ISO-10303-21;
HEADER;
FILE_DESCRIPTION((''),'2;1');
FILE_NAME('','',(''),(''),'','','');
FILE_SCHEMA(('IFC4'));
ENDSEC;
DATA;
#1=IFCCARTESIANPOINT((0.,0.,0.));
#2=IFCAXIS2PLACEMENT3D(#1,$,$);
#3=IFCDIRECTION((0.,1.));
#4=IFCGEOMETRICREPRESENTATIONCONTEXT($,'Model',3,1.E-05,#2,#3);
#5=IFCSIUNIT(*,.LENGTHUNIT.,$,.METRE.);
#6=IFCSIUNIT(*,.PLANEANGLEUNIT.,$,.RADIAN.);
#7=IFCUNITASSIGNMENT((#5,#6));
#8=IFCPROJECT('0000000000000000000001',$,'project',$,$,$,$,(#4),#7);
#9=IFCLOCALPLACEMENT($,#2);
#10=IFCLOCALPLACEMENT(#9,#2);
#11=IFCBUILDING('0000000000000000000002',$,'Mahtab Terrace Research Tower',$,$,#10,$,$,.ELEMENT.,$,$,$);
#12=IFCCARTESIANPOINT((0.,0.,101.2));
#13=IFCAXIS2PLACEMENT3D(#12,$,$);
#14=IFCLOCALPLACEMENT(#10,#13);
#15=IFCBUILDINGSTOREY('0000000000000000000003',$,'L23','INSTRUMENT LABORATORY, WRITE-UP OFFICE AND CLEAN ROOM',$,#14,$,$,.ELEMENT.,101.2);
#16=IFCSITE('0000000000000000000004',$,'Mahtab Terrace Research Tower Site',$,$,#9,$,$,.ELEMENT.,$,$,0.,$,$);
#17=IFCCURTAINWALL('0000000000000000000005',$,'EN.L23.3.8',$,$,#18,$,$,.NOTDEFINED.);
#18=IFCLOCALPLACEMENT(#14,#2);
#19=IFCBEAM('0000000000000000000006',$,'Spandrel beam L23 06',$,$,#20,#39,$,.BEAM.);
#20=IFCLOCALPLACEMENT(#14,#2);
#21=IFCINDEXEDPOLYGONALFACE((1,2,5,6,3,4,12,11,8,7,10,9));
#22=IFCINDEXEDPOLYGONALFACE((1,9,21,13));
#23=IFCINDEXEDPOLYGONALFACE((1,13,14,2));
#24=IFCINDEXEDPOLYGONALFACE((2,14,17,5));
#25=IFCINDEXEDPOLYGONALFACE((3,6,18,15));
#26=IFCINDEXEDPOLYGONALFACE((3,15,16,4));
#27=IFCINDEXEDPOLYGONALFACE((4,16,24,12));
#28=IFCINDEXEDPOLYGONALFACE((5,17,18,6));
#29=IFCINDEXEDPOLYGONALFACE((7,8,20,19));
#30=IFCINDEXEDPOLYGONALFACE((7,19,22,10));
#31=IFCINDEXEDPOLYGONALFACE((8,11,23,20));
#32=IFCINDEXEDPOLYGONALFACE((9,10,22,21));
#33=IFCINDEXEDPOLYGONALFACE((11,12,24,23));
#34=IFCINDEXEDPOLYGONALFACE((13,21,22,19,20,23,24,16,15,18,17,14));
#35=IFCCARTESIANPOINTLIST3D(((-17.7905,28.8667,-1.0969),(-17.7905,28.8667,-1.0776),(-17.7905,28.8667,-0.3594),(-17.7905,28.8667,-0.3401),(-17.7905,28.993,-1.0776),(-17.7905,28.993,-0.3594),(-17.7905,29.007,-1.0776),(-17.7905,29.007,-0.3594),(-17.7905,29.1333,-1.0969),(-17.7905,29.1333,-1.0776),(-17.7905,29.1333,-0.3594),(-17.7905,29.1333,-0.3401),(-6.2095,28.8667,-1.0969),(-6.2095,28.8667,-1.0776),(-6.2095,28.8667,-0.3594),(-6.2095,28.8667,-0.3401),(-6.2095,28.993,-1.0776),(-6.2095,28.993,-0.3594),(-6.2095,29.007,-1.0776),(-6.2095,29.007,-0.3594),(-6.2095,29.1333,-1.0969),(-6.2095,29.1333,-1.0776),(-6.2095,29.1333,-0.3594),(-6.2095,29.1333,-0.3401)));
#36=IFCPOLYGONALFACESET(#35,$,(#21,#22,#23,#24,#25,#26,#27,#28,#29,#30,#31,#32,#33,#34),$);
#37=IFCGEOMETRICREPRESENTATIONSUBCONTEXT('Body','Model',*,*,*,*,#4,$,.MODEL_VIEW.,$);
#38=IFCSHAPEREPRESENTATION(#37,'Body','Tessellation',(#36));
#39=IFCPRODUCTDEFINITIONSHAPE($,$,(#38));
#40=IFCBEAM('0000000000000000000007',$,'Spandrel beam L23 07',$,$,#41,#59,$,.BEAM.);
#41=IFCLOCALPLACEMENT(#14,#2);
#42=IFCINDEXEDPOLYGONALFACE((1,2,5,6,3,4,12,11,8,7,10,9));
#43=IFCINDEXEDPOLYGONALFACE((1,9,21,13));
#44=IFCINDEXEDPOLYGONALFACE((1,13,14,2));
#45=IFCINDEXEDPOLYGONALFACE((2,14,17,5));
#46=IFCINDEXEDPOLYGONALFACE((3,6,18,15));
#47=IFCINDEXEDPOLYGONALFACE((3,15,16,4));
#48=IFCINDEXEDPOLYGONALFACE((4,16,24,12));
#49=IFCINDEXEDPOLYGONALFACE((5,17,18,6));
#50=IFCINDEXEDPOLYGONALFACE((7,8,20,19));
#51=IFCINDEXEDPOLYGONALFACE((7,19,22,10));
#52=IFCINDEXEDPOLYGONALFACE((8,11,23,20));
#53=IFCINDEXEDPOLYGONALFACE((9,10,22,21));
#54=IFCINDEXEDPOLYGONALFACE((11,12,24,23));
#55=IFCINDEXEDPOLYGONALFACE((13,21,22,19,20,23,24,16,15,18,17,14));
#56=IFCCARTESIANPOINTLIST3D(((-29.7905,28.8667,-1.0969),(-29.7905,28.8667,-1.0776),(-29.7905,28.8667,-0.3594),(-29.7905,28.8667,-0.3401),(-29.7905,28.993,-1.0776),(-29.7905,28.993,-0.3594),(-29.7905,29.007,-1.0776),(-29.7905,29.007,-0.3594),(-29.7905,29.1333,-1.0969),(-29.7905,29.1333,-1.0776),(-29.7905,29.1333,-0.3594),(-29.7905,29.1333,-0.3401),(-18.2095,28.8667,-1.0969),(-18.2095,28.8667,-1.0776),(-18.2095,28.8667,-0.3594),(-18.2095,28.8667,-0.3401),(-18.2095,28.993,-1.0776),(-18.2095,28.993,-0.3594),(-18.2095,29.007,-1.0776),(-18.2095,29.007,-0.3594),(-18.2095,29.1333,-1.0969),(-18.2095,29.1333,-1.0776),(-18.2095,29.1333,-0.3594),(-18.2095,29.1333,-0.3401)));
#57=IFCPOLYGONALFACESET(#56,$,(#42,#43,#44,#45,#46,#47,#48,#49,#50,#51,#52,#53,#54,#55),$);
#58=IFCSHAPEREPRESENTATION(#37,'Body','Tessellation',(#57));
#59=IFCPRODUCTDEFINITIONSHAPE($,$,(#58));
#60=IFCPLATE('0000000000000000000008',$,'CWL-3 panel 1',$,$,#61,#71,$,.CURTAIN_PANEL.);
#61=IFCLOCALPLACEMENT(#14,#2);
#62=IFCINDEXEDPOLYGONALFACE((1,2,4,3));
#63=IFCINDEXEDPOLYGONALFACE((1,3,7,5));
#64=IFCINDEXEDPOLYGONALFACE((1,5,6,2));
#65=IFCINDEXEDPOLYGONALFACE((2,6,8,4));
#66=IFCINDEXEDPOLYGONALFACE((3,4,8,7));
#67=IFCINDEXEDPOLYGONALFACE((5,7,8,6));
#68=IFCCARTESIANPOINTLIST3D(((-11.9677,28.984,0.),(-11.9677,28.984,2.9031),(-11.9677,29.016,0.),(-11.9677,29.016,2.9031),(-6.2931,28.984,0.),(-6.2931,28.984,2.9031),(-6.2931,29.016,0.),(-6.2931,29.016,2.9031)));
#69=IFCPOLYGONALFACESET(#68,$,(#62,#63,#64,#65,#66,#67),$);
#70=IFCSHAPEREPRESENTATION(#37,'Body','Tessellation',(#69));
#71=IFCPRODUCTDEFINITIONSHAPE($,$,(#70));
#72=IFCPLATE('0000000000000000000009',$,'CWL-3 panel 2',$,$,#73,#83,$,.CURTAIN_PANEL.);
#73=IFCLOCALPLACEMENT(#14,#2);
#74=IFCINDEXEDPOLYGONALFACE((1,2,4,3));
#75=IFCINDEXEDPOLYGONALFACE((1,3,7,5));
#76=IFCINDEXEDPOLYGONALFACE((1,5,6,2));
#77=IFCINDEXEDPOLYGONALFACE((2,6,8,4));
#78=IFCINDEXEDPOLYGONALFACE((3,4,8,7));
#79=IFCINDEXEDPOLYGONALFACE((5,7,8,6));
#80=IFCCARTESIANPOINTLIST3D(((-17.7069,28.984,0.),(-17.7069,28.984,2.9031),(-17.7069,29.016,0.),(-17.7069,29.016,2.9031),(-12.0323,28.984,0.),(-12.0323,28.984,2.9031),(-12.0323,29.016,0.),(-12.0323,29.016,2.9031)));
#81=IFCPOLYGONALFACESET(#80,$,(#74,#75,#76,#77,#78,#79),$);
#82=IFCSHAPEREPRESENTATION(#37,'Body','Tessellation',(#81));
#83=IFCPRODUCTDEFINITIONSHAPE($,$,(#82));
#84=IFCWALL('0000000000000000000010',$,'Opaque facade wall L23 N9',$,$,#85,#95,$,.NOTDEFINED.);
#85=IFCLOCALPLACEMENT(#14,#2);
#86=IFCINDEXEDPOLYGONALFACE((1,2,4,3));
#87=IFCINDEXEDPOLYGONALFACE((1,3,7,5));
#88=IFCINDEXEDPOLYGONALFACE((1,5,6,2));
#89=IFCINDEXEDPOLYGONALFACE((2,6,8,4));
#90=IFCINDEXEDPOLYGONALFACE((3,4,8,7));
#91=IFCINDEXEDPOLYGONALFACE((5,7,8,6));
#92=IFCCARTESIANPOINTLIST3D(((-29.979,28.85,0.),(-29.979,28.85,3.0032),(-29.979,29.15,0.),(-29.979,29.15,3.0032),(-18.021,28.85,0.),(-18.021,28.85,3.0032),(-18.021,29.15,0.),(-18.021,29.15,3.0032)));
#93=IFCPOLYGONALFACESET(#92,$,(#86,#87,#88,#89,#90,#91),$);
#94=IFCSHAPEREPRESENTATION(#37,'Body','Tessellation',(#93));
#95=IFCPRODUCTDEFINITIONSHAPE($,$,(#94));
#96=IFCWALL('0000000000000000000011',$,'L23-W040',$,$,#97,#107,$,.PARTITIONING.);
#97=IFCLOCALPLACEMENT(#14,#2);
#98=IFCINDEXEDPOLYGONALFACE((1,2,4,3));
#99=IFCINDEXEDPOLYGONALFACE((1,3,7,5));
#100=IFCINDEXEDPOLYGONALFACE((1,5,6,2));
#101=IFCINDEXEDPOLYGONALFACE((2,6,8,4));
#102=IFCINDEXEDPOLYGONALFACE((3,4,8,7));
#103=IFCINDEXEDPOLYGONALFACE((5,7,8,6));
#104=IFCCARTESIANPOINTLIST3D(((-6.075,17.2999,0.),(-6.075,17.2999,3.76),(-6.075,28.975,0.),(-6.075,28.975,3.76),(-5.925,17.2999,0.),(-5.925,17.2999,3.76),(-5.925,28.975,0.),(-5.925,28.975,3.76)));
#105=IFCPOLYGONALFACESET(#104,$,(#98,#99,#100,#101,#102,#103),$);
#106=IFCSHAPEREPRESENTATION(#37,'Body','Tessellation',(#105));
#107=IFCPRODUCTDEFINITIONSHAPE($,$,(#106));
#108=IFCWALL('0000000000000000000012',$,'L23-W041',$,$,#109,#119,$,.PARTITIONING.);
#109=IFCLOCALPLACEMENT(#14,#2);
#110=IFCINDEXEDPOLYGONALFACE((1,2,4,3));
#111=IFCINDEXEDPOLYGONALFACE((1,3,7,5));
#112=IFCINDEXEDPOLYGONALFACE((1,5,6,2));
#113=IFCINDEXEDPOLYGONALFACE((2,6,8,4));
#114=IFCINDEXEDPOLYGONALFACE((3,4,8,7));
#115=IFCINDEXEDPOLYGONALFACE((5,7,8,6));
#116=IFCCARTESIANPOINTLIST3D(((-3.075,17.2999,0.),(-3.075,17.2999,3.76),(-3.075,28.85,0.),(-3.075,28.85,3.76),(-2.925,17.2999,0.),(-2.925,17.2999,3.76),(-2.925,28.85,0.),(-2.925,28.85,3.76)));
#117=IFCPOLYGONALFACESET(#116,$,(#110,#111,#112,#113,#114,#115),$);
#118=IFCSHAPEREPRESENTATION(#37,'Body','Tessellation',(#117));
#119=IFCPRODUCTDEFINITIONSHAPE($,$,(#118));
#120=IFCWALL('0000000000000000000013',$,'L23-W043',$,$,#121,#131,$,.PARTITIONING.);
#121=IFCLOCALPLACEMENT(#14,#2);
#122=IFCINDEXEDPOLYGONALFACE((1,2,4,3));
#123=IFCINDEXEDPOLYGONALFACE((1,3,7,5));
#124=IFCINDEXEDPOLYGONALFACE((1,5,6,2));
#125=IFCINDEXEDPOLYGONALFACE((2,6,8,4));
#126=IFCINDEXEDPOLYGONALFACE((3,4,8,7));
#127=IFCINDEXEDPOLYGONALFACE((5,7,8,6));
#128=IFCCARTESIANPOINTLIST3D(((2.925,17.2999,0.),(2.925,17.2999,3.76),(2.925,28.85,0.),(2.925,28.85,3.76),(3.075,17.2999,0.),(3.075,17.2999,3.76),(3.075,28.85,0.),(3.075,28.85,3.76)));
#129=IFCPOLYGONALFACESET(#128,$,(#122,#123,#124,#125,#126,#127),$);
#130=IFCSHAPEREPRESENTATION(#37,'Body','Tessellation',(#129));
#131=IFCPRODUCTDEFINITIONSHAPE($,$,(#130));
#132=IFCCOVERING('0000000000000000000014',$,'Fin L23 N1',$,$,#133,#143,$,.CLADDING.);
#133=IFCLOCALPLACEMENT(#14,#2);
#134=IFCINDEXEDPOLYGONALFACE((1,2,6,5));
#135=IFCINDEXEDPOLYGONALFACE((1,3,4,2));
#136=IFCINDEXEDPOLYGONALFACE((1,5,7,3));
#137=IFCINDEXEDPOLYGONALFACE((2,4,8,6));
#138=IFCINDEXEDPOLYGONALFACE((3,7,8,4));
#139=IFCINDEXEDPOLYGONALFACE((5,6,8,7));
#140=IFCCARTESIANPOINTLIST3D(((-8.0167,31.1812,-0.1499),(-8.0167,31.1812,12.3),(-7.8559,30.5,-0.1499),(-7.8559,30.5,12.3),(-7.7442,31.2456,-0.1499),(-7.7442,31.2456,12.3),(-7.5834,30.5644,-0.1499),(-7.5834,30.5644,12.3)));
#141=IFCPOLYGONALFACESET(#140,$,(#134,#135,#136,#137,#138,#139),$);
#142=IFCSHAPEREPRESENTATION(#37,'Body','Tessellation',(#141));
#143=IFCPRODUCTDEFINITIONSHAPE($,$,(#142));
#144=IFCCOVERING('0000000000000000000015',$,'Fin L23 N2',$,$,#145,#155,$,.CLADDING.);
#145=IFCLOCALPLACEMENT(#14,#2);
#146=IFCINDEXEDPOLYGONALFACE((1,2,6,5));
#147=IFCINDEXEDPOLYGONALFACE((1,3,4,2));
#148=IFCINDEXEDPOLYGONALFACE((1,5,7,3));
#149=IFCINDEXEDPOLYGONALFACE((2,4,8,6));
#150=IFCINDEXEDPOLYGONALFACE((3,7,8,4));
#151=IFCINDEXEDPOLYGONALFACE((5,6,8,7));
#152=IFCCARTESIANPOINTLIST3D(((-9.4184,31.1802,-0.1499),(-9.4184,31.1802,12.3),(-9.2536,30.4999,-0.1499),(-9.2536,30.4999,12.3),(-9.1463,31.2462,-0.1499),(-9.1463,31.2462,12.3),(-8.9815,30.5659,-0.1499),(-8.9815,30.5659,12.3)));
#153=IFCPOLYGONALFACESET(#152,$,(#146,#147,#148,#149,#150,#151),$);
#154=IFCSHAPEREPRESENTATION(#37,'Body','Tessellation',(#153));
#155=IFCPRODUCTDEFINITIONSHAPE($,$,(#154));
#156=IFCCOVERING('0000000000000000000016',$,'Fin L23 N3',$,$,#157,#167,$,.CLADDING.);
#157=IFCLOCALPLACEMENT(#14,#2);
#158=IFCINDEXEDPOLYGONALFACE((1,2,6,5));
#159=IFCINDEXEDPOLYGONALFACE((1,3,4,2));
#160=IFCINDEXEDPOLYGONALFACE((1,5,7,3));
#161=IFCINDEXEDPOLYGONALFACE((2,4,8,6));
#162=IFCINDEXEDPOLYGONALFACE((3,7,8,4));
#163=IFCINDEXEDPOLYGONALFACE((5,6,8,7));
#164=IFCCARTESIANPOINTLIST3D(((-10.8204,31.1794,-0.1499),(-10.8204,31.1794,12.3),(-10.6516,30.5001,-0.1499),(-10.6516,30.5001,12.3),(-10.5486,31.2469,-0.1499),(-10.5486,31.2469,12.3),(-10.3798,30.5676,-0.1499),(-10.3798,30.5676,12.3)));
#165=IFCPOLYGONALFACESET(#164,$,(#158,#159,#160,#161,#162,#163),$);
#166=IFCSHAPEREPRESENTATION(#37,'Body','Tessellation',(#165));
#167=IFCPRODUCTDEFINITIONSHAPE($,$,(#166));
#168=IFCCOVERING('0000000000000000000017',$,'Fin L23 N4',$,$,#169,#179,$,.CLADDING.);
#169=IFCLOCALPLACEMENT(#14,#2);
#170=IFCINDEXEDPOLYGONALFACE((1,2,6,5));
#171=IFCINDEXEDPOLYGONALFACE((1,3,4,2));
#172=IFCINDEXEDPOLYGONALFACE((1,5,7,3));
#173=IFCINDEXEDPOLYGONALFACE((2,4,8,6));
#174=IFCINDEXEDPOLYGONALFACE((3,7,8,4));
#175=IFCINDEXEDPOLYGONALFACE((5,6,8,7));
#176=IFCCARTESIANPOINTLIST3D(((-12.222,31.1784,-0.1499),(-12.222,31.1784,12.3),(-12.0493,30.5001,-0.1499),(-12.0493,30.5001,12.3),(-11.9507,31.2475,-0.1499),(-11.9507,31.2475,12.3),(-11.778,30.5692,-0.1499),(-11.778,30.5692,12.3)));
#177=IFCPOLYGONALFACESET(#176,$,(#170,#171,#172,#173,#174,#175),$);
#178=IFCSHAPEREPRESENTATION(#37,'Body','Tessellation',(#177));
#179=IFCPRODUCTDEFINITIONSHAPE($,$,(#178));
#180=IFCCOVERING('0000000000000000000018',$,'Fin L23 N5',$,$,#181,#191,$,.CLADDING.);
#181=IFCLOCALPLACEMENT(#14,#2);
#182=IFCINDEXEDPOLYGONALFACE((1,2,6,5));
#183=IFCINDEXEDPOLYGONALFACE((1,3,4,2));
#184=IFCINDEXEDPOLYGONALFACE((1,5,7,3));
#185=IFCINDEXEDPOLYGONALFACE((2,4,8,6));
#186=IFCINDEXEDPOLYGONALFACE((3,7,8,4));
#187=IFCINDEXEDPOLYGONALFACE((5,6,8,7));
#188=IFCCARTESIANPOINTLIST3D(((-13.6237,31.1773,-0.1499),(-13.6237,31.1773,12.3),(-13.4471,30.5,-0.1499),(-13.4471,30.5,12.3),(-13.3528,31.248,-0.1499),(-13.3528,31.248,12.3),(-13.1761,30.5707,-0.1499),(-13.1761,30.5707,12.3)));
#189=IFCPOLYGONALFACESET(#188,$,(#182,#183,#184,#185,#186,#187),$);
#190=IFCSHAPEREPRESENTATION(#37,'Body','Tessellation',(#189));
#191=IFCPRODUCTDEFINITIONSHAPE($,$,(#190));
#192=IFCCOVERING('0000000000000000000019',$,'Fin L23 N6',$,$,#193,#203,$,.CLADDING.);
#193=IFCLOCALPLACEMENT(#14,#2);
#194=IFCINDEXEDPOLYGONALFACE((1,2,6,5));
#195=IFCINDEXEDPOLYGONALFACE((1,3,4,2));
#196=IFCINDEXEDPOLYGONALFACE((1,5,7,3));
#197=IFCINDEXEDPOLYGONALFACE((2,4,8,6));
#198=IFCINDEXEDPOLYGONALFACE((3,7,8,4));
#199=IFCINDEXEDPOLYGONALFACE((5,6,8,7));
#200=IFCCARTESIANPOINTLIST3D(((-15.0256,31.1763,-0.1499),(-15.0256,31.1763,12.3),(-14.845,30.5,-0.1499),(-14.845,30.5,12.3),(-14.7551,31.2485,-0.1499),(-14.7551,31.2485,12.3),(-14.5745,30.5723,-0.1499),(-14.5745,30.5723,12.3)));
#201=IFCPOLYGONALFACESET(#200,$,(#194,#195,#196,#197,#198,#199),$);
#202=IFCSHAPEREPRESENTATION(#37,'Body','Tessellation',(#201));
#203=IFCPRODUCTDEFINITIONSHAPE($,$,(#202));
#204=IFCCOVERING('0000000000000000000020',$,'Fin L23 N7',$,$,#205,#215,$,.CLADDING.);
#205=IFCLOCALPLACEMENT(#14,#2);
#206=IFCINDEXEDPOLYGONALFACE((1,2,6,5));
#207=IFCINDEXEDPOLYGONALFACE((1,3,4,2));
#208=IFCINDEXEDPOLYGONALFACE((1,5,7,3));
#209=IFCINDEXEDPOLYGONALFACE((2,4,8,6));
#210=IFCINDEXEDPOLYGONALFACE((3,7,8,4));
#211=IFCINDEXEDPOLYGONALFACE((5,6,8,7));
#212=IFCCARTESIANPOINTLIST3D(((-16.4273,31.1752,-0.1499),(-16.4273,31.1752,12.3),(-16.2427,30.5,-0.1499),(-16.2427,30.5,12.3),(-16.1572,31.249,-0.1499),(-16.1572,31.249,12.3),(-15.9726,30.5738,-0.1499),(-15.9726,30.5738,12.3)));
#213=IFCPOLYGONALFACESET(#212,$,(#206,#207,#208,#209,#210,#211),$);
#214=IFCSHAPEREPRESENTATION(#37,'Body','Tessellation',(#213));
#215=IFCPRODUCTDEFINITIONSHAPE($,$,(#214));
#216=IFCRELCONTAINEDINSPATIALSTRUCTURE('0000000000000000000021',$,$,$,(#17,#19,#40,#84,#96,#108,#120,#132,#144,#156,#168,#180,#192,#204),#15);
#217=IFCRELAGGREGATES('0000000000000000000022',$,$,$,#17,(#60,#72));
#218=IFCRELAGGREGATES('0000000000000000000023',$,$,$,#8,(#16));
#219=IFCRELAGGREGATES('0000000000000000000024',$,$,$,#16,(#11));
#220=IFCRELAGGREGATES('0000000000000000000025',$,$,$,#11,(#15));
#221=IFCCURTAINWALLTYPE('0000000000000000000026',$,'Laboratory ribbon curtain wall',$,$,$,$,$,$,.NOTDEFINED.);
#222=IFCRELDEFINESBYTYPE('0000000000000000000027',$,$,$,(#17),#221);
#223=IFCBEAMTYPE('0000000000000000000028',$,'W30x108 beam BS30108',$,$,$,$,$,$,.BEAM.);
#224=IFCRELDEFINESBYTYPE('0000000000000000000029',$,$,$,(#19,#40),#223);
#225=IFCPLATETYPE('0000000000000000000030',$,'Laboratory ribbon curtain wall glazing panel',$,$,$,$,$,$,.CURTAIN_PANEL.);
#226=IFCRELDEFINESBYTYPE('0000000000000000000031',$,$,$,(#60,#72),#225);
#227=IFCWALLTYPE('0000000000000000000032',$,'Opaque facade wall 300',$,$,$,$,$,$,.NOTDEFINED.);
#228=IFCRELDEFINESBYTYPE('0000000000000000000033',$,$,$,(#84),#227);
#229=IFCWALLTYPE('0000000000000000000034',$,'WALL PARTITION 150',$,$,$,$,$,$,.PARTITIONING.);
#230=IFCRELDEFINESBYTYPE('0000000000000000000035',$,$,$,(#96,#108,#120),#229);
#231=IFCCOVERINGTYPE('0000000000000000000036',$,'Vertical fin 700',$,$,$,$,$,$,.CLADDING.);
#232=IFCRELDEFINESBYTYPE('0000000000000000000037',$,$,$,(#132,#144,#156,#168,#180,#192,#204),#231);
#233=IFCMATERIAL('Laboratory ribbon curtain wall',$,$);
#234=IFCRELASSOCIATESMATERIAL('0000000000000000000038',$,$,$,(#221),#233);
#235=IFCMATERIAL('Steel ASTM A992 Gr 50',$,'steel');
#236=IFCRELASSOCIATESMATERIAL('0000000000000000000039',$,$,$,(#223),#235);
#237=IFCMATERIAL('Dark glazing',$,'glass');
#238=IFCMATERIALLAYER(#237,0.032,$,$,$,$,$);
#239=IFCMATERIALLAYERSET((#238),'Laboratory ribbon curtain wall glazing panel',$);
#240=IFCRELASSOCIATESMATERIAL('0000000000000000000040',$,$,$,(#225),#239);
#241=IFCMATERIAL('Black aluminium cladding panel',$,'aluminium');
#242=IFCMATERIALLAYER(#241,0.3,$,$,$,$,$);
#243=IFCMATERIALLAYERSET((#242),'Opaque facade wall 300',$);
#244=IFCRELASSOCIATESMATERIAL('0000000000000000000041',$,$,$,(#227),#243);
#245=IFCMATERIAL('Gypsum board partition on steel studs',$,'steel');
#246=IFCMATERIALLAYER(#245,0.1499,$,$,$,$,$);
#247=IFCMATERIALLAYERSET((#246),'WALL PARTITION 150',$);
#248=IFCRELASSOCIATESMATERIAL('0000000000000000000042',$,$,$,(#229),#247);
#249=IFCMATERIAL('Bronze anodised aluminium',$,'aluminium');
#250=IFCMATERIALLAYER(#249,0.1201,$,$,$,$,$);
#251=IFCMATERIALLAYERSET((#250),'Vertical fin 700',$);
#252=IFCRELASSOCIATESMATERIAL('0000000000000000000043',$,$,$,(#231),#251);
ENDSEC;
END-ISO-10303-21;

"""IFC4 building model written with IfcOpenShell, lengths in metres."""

from ifc_helpers import new_model, si_unit, direction, frame, frame_2d, origin, origin_2d, place, context, subcontext, project, spatial, rectangle, i_section, extrude, material, layer, layer_set, material_profile, profile_set, type_object, element, aggregate, save


model = new_model("IFC4")

# Units and contexts
model_context = context("Model", 3, precision=1e-05, world=origin(), true_north=direction((0.0, 1.0)))
body_context = subcontext(model_context, "Body", "Model", "MODEL_VIEW")
ifc_project = project(units=[si_unit("LENGTHUNIT", "METRE"), si_unit("PLANEANGLEUNIT", "RADIAN")], contexts=[model_context])

# Site, building, storey
site_placement = place(None, origin())
site = spatial("IfcSite", under=ifc_project, at=site_placement, Name="Mahtab Terrace Research Tower Site", CompositionType="ELEMENT", RefElevation=0.0)
building_placement = place(site_placement, origin())
building = spatial("IfcBuilding", under=site, at=building_placement, Name="Mahtab Terrace Research Tower", CompositionType="ELEMENT")
storey_placement = place(building_placement, frame((0.0, 0.0, 101.2)))
storey = spatial("IfcBuildingStorey", under=building, at=storey_placement, Name="L23", Description="INSTRUMENT LABORATORY, WRITE-UP OFFICE AND CLEAN ROOM", CompositionType="ELEMENT", Elevation=101.2)

# Shared definitions
ifc_material_1 = material(Name="Steel ASTM A992 Gr 50", Category="steel")

# Curtain wall
ifc_material_2 = material(Name="Laboratory ribbon curtain wall")
curtain_wall_type = type_object("IfcCurtainWallType", Name="Laboratory ribbon curtain wall", PredefinedType="NOTDEFINED", material=ifc_material_2)
curtain_wall_placement = place(storey_placement, origin())
curtain_wall = element("IfcCurtainWall", 1, at=curtain_wall_placement, inside=storey, type_object=curtain_wall_type, Name="EN.L23.3.8", PredefinedType="NOTDEFINED")

# Beams
ifc_material_profile_1 = material_profile(ifc_material_1, i_section(OverallWidth=0.2666, OverallDepth=0.7568, WebThickness=0.0139, FlangeThickness=0.0193, at=origin_2d()), Name="W30X108")
ifc_profile_set_1 = profile_set([ifc_material_profile_1], Name="Steel ASTM A992 Gr 50")
beam_type = type_object("IfcBeamType", Name="W30x108 beam BS30108", PredefinedType="BEAM", material=ifc_profile_set_1)
for number, where, z_axis, x_axis, name in (
    (2, (-6.2095, 29.0, -0.7185), (-1.0, 0.0, 0.0), (0.0, -1.0, 0.0), "Spandrel beam L23 06"),
    (3, (-18.2095, 29.0, -0.7185), (-1.0, 0.0, 0.0), (0.0, -1.0, 0.0), "Spandrel beam L23 07"),
):
    element("IfcBeam", number, at=place(storey_placement, frame(where, z_axis=z_axis, x_axis=x_axis)), inside=storey, type_object=beam_type, Name=name, PredefinedType="BEAM", context=body_context, shape_type="SweptSolid", body=[
        extrude(i_section(OverallWidth=0.2666, OverallDepth=0.7568, WebThickness=0.0139, FlangeThickness=0.0193, at=origin_2d()), origin(), (0.0, 0.0, 1.0), 11.5811),
    ])

# Plates
ifc_material_3 = material(Name="Dark glazing", Category="glass")
ifc_layer_1 = layer(ifc_material_3, 0.032)
ifc_layer_set_1 = layer_set([ifc_layer_1], Name="Laboratory ribbon curtain wall glazing panel")
plate_type = type_object("IfcPlateType", Name="Laboratory ribbon curtain wall glazing panel", PredefinedType="CURTAIN_PANEL", material=ifc_layer_set_1)
plate_1_placement = place(storey_placement, frame((-9.1304, 29.0, 0.0), z_axis=(0.0, 0.0, 1.0), x_axis=(-1.0, 0.0, 0.0)))
plate_1 = element("IfcPlate", 4, at=plate_1_placement, type_object=plate_type, Name="CWL-3 panel 1", PredefinedType="CURTAIN_PANEL", context=body_context, shape_type="SweptSolid", body=[
    extrude(rectangle(XDim=5.6746, YDim=0.032, at=origin_2d()), origin(), (0.0, 0.0, 1.0), 2.9031),
])
plate_2_placement = place(storey_placement, frame((-14.8696, 29.0, 0.0), z_axis=(0.0, 0.0, 1.0), x_axis=(-1.0, 0.0, 0.0)))
plate_2 = element("IfcPlate", 5, at=plate_2_placement, type_object=plate_type, Name="CWL-3 panel 2", PredefinedType="CURTAIN_PANEL", context=body_context, shape_type="SweptSolid", body=[
    extrude(rectangle(XDim=5.6746, YDim=0.032, at=origin_2d()), origin(), (0.0, 0.0, 1.0), 2.9031),
])
aggregate(curtain_wall, [plate_1, plate_2])

# Walls
ifc_material_4 = material(Name="Black aluminium cladding panel", Category="aluminium")
ifc_layer_2 = layer(ifc_material_4, 0.3)
ifc_layer_set_2 = layer_set([ifc_layer_2], Name="Opaque facade wall 300")
wall_type_1 = type_object("IfcWallType", Name="Opaque facade wall 300", PredefinedType="NOTDEFINED", material=ifc_layer_set_2)
wall_1_placement = place(storey_placement, frame((-18.021, 29.0, 0.0), z_axis=(0.0, 0.0, 1.0), x_axis=(-1.0, 0.0, 0.0)))
element("IfcWall", 6, at=wall_1_placement, inside=storey, type_object=wall_type_1, Name="Opaque facade wall L23 N9", PredefinedType="NOTDEFINED", context=body_context, shape_type="SweptSolid", body=[
    extrude(rectangle(XDim=11.958, YDim=0.3, at=frame_2d((5.979, 0.0))), origin(), (0.0, 0.0, 1.0), 3.0032),
])
ifc_material_5 = material(Name="Gypsum board partition on steel studs", Category="steel")
ifc_layer_3 = layer(ifc_material_5, 0.1499)
ifc_layer_set_3 = layer_set([ifc_layer_3], Name="WALL PARTITION 150")
wall_type_2 = type_object("IfcWallType", Name="WALL PARTITION 150", PredefinedType="PARTITIONING", material=ifc_layer_set_3)
wall_2_placement = place(storey_placement, frame((-6.0, 17.3, 0.0), z_axis=(0.0, 0.0, 1.0), x_axis=(0.0, 1.0, 0.0)))
element("IfcWall", 7, at=wall_2_placement, inside=storey, type_object=wall_type_2, Name="L23-W040", PredefinedType="PARTITIONING", context=body_context, shape_type="SweptSolid", body=[
    extrude(rectangle(XDim=11.675, YDim=0.1499, at=frame_2d((5.8374, 0.0))), origin(), (0.0, 0.0, 1.0), 3.76),
])
for number, where, z_axis, x_axis, name in (
    (8, (-3.0, 17.3, 0.0), (0.0, 0.0, 1.0), (0.0, 1.0, 0.0), "L23-W041"),
    (9, (3.0, 17.3, 0.0), (0.0, 0.0, 1.0), (0.0, 1.0, 0.0), "L23-W043"),
):
    element("IfcWall", number, at=place(storey_placement, frame(where, z_axis=z_axis, x_axis=x_axis)), inside=storey, type_object=wall_type_2, Name=name, PredefinedType="PARTITIONING", context=body_context, shape_type="SweptSolid", body=[
        extrude(rectangle(XDim=11.55, YDim=0.1499, at=frame_2d((5.7749, 0.0))), origin(), (0.0, 0.0, 1.0), 3.76),
    ])

# Coverings
ifc_material_6 = material(Name="Bronze anodised aluminium", Category="aluminium")
ifc_layer_4 = layer(ifc_material_6, 0.1201)
ifc_layer_set_4 = layer_set([ifc_layer_4], Name="Vertical fin 700")
covering_type = type_object("IfcCoveringType", Name="Vertical fin 700", PredefinedType="CLADDING", material=ifc_layer_set_4)
for number, where, z_axis, x_axis, name in (
    (10, (-7.8, 30.8728, -0.1499), (0.0, 0.0, 1.0), (-0.973236, -0.229807, 0.0), "Fin L23 N1"),
    (11, (-9.2, 30.873, -0.1499), (0.0, 0.0, 1.0), (-0.971883, -0.235465, 0.0), "Fin L23 N2"),
    (12, (-10.6001, 30.8735, -0.1499), (0.0, 0.0, 1.0), (-0.970496, -0.241115, 0.0), "Fin L23 N3"),
    (13, (-12.0, 30.8738, -0.1499), (0.0, 0.0, 1.0), (-0.969077, -0.246757, 0.0), "Fin L23 N4"),
    (14, (-13.3999, 30.874, -0.1499), (0.0, 0.0, 1.0), (-0.967625, -0.252391, 0.0), "Fin L23 N5"),
    (15, (-14.8, 30.8743, -0.1499), (0.0, 0.0, 1.0), (-0.966141, -0.258016, 0.0), "Fin L23 N6"),
    (16, (-16.2, 30.8745, -0.1499), (0.0, 0.0, 1.0), (-0.964623, -0.263633, 0.0), "Fin L23 N7"),
):
    element("IfcCovering", number, at=place(storey_placement, frame(where, z_axis=z_axis, x_axis=x_axis)), inside=storey, type_object=covering_type, Name=name, PredefinedType="CLADDING", context=body_context, shape_type="SweptSolid", body=[
        extrude(rectangle(XDim=0.28, YDim=0.7, at=origin_2d()), origin(), (0.0, 0.0, 1.0), 12.45),
    ])

save(model, "model.ifc")
